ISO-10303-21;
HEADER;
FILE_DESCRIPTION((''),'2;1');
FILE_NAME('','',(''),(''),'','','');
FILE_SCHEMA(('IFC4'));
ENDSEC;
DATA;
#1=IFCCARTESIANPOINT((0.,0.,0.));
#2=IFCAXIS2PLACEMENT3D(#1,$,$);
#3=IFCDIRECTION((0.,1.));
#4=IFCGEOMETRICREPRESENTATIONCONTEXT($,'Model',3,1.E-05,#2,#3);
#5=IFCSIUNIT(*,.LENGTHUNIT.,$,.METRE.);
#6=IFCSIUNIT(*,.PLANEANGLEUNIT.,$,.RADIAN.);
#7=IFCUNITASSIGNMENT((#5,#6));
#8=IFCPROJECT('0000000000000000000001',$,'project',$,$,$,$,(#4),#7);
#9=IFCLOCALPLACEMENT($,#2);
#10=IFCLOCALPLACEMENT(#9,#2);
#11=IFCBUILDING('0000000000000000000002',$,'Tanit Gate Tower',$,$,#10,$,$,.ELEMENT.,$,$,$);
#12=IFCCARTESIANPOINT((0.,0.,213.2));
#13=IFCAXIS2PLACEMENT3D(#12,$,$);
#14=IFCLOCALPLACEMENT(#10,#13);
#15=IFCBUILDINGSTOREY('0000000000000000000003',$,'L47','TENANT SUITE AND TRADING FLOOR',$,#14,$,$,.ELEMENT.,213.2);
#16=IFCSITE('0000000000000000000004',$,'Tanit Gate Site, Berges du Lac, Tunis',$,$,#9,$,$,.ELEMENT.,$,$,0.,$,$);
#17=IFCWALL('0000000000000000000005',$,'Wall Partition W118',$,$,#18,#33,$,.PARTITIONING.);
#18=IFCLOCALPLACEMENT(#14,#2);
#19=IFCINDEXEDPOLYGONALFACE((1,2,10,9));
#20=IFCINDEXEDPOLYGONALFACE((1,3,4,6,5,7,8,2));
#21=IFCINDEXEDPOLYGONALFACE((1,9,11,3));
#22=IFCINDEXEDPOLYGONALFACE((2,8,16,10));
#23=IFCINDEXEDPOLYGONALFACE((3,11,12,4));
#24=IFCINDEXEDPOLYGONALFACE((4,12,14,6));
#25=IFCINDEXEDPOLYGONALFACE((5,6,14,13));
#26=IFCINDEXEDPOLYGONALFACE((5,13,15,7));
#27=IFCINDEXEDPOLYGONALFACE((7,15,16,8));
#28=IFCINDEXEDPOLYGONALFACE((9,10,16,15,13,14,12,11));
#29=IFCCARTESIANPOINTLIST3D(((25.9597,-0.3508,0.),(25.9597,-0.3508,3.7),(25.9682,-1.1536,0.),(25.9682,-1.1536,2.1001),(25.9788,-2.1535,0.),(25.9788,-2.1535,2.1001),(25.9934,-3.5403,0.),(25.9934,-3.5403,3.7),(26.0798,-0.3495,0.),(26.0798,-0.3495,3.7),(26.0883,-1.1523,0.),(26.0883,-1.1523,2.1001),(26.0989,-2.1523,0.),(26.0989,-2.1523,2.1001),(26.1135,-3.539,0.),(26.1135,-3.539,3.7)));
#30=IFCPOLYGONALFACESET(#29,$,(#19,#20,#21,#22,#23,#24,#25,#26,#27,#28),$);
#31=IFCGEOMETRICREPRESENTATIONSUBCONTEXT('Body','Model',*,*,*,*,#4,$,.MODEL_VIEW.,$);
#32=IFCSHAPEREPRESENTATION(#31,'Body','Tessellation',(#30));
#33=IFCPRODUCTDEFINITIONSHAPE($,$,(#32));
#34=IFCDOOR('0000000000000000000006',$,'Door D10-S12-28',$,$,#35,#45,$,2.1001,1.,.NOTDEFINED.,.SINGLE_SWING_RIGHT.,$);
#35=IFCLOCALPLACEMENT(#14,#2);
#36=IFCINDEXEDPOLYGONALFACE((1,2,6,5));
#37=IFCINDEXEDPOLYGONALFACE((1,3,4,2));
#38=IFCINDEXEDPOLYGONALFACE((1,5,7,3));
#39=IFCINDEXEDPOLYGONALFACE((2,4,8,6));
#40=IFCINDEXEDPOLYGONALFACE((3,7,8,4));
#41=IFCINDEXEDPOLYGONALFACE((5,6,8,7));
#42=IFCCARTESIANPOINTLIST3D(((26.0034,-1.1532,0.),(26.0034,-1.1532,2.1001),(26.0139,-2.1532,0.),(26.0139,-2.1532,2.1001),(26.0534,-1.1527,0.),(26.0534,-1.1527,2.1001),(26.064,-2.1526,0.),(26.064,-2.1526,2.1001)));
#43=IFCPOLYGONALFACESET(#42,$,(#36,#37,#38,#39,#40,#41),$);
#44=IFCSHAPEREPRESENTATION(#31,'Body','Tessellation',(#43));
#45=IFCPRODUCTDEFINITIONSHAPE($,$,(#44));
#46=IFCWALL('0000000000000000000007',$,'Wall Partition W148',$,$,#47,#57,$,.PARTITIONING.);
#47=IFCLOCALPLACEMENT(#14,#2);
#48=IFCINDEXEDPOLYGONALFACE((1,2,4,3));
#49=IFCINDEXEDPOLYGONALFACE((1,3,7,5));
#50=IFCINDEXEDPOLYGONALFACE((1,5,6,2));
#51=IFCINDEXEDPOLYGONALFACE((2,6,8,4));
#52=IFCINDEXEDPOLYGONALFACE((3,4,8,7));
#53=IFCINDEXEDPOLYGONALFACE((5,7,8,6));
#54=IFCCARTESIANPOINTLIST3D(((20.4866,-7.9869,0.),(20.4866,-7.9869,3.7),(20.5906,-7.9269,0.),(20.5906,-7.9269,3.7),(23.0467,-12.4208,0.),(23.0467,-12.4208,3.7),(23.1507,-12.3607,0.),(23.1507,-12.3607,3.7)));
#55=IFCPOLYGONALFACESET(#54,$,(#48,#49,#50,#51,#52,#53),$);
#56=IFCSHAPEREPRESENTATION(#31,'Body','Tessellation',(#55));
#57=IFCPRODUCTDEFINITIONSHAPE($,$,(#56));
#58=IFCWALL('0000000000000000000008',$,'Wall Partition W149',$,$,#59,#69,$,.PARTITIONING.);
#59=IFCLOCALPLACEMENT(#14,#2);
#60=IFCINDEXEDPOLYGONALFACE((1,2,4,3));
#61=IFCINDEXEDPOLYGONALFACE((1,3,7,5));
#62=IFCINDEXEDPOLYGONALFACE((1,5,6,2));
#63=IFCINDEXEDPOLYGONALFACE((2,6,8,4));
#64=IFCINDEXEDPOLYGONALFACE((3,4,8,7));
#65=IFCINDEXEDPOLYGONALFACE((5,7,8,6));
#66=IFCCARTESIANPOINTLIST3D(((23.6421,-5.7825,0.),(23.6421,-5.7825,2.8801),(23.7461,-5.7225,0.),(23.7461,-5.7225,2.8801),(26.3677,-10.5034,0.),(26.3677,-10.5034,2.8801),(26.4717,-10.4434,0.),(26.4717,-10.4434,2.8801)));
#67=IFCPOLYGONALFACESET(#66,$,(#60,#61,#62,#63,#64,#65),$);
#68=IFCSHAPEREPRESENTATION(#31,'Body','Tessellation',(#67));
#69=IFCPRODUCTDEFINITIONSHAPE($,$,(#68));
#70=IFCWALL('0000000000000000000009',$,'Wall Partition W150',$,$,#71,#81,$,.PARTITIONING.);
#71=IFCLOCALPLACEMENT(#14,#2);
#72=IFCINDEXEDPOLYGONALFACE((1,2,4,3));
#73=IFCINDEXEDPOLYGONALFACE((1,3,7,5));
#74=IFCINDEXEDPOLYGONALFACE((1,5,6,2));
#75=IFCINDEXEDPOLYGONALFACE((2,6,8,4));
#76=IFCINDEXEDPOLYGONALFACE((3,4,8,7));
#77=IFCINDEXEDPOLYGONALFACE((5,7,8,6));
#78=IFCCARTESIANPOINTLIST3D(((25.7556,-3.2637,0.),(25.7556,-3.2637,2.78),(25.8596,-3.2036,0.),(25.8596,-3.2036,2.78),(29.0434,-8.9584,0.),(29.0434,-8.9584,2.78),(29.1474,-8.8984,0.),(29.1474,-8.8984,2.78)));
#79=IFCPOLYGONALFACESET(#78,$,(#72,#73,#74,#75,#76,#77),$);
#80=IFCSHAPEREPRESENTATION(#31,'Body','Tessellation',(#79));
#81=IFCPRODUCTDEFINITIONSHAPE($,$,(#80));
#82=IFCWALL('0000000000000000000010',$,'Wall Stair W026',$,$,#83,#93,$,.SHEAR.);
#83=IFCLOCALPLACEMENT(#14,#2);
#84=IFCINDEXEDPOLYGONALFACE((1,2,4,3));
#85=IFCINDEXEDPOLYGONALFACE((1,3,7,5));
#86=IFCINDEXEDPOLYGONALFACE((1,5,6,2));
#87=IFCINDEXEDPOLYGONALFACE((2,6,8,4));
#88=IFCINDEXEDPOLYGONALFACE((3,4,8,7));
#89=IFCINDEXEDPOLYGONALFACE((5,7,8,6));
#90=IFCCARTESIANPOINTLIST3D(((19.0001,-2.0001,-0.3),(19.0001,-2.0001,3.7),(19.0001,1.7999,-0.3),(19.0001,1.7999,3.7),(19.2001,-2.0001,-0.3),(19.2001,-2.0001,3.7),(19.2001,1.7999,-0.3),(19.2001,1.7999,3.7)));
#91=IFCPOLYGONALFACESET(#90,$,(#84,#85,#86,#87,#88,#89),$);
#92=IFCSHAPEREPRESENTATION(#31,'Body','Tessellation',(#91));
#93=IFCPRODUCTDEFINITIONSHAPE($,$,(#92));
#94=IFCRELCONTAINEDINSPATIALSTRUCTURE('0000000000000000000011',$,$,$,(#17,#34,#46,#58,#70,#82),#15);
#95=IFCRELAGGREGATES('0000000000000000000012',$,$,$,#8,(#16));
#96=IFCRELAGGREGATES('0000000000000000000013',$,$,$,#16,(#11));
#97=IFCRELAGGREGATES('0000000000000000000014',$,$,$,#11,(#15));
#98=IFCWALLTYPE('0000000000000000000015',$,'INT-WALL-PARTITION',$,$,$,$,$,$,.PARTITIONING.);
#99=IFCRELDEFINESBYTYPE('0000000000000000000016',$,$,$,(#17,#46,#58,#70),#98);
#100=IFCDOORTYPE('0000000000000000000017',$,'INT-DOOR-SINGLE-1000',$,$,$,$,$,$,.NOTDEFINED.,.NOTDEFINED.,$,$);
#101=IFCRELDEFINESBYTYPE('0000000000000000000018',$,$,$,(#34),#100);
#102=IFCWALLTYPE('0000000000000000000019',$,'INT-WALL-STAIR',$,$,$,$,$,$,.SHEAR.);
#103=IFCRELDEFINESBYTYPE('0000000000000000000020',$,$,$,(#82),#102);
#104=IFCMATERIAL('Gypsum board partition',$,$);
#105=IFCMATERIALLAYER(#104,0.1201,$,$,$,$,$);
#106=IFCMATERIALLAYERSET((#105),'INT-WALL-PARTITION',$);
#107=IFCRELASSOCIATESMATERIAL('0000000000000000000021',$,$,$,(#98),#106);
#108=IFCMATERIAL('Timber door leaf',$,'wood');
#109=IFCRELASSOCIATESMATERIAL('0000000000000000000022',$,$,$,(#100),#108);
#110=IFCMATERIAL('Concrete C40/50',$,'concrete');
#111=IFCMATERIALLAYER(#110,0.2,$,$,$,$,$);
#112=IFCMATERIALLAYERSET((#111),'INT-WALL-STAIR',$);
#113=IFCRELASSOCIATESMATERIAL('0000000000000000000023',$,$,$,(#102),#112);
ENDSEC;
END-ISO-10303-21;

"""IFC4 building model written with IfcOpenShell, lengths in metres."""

from ifc_helpers import new_model, si_unit, direction, frame, frame_2d, origin, place, context, subcontext, project, spatial, rectangle, extrude, material, layer, layer_set, type_object, element, fill, save


model = new_model("IFC4")

# Units and contexts
model_context = context("Model", 3, precision=1e-05, world=origin(), true_north=direction((0.0, 1.0)))
body_context = subcontext(model_context, "Body", "Model", "MODEL_VIEW")
ifc_project = project(units=[si_unit("LENGTHUNIT", "METRE"), si_unit("PLANEANGLEUNIT", "RADIAN")], contexts=[model_context])

# Site, building, storey
site_placement = place(None, origin())
site = spatial("IfcSite", under=ifc_project, at=site_placement, Name="Tanit Gate Site, Berges du Lac, Tunis", CompositionType="ELEMENT", RefElevation=0.0)
building_placement = place(site_placement, origin())
building = spatial("IfcBuilding", under=site, at=building_placement, Name="Tanit Gate Tower", CompositionType="ELEMENT")
storey_placement = place(building_placement, frame((0.0, 0.0, 213.2)))
storey = spatial("IfcBuildingStorey", under=building, at=storey_placement, Name="L47", Description="TENANT SUITE AND TRADING FLOOR", CompositionType="ELEMENT", Elevation=213.2)

# Shared definitions
ifc_material_1 = material(Name="Gypsum board partition")
ifc_layer_1 = layer(ifc_material_1, 0.1201)
ifc_layer_set_1 = layer_set([ifc_layer_1], Name="INT-WALL-PARTITION")
wall_type_1 = type_object("IfcWallType", Name="INT-WALL-PARTITION", PredefinedType="PARTITIONING", material=ifc_layer_set_1)

# Wall, opening, door
wall_1_placement = place(storey_placement, frame((26.0535, -3.5396, 0.0), z_axis=(0.0, 0.0, 1.0), x_axis=(-0.010563, 0.999944, 0.0)))
wall_1 = element("IfcWall", 1, at=wall_1_placement, inside=storey, type_object=wall_type_1, Name="Wall Partition W118", PredefinedType="PARTITIONING", context=body_context, shape_type="SweptSolid", body=[
    extrude(rectangle(XDim=3.1897, YDim=0.1201, at=frame_2d((1.5947, 0.0))), origin(), (0.0, 0.0, 1.0), 3.7),
])
opening_1_placement = place(wall_1_placement, frame((1.3867, 0.0, 0.0)))
opening_1 = element("IfcOpeningElement", 2, at=opening_1_placement, cuts=wall_1, PredefinedType="OPENING", context=body_context, shape_type="SweptSolid", body=[
    extrude(rectangle(XDim=1.0, YDim=2.1001, at=frame_2d((0.5, 1.05))), frame((0.0, 0.0701, 0.0), z_axis=(0.0, -1.0, 0.0), x_axis=(1.0, 0.0, 0.0)), (0.0, 0.0, 1.0), 0.1401),
])
ifc_material_2 = material(Name="Timber door leaf", Category="wood")
door_type_1 = type_object("IfcDoorType", Name="INT-DOOR-SINGLE-1000", OperationType="NOTDEFINED", PredefinedType="NOTDEFINED", material=ifc_material_2)
door_1_placement = place(opening_1_placement, origin())
door_1 = element("IfcDoor", 3, at=door_1_placement, inside=storey, type_object=door_type_1, Name="Door D10-S12-28", OperationType="SINGLE_SWING_RIGHT", OverallHeight=2.1001, OverallWidth=1.0, PredefinedType="NOTDEFINED", context=body_context, shape_type="SweptSolid", body=[
    extrude(rectangle(XDim=1.0, YDim=2.1001, at=frame_2d((0.5, 1.05))), frame((0.0, 0.0249, 0.0), z_axis=(0.0, -1.0, 0.0), x_axis=(1.0, 0.0, 0.0)), (0.0, 0.0, 1.0), 0.05),
])
fill(opening_1, door_1)

# Walls
wall_2_placement = place(storey_placement, frame((20.5386, -7.9568, 0.0), z_axis=(0.0, 0.0, 1.0), x_axis=(0.500027, -0.86601, 0.0)))
element("IfcWall", 4, at=wall_2_placement, inside=storey, type_object=wall_type_1, Name="Wall Partition W148", PredefinedType="PARTITIONING", context=body_context, shape_type="SweptSolid", body=[
    extrude(rectangle(XDim=5.1199, YDim=0.1201, at=frame_2d((2.5601, 0.0))), origin(), (0.0, 0.0, 1.0), 3.7),
])
wall_3_placement = place(storey_placement, frame((26.4197, -10.4734, 0.0), z_axis=(0.0, 0.0, 1.0), x_axis=(-0.499993, 0.86603, 0.0)))
element("IfcWall", 5, at=wall_3_placement, inside=storey, type_object=wall_type_1, Name="Wall Partition W149", PredefinedType="PARTITIONING", context=body_context, shape_type="SweptSolid", body=[
    extrude(rectangle(XDim=5.4512, YDim=0.1201, at=frame_2d((2.7256, 0.0))), origin(), (0.0, 0.0, 1.0), 2.8801),
])
wall_4_placement = place(storey_placement, frame((25.8076, -3.2336, 0.0), z_axis=(0.0, 0.0, 1.0), x_axis=(0.499992, -0.86603, 0.0)))
element("IfcWall", 6, at=wall_4_placement, inside=storey, type_object=wall_type_1, Name="Wall Partition W150", PredefinedType="PARTITIONING", context=body_context, shape_type="SweptSolid", body=[
    extrude(rectangle(XDim=6.5757, YDim=0.1201, at=frame_2d((3.2878, 0.0))), origin(), (0.0, 0.0, 1.0), 2.78),
])
ifc_material_3 = material(Name="Concrete C40/50", Category="concrete")
ifc_layer_2 = layer(ifc_material_3, 0.2)
ifc_layer_set_2 = layer_set([ifc_layer_2], Name="INT-WALL-STAIR")
wall_type_2 = type_object("IfcWallType", Name="INT-WALL-STAIR", PredefinedType="SHEAR", material=ifc_layer_set_2)
wall_5_placement = place(storey_placement, frame((19.1001, -2.0, -0.3), z_axis=(0.0, 0.0, 1.0), x_axis=(0.0, 1.0, 0.0)))
element("IfcWall", 7, at=wall_5_placement, inside=storey, type_object=wall_type_2, Name="Wall Stair W026", PredefinedType="SHEAR", context=body_context, shape_type="SweptSolid", body=[
    extrude(rectangle(XDim=3.8, YDim=0.2, at=frame_2d((1.8999, 0.0))), origin(), (0.0, 0.0, 1.0), 4.0),
])

save(model, "model.ifc")
